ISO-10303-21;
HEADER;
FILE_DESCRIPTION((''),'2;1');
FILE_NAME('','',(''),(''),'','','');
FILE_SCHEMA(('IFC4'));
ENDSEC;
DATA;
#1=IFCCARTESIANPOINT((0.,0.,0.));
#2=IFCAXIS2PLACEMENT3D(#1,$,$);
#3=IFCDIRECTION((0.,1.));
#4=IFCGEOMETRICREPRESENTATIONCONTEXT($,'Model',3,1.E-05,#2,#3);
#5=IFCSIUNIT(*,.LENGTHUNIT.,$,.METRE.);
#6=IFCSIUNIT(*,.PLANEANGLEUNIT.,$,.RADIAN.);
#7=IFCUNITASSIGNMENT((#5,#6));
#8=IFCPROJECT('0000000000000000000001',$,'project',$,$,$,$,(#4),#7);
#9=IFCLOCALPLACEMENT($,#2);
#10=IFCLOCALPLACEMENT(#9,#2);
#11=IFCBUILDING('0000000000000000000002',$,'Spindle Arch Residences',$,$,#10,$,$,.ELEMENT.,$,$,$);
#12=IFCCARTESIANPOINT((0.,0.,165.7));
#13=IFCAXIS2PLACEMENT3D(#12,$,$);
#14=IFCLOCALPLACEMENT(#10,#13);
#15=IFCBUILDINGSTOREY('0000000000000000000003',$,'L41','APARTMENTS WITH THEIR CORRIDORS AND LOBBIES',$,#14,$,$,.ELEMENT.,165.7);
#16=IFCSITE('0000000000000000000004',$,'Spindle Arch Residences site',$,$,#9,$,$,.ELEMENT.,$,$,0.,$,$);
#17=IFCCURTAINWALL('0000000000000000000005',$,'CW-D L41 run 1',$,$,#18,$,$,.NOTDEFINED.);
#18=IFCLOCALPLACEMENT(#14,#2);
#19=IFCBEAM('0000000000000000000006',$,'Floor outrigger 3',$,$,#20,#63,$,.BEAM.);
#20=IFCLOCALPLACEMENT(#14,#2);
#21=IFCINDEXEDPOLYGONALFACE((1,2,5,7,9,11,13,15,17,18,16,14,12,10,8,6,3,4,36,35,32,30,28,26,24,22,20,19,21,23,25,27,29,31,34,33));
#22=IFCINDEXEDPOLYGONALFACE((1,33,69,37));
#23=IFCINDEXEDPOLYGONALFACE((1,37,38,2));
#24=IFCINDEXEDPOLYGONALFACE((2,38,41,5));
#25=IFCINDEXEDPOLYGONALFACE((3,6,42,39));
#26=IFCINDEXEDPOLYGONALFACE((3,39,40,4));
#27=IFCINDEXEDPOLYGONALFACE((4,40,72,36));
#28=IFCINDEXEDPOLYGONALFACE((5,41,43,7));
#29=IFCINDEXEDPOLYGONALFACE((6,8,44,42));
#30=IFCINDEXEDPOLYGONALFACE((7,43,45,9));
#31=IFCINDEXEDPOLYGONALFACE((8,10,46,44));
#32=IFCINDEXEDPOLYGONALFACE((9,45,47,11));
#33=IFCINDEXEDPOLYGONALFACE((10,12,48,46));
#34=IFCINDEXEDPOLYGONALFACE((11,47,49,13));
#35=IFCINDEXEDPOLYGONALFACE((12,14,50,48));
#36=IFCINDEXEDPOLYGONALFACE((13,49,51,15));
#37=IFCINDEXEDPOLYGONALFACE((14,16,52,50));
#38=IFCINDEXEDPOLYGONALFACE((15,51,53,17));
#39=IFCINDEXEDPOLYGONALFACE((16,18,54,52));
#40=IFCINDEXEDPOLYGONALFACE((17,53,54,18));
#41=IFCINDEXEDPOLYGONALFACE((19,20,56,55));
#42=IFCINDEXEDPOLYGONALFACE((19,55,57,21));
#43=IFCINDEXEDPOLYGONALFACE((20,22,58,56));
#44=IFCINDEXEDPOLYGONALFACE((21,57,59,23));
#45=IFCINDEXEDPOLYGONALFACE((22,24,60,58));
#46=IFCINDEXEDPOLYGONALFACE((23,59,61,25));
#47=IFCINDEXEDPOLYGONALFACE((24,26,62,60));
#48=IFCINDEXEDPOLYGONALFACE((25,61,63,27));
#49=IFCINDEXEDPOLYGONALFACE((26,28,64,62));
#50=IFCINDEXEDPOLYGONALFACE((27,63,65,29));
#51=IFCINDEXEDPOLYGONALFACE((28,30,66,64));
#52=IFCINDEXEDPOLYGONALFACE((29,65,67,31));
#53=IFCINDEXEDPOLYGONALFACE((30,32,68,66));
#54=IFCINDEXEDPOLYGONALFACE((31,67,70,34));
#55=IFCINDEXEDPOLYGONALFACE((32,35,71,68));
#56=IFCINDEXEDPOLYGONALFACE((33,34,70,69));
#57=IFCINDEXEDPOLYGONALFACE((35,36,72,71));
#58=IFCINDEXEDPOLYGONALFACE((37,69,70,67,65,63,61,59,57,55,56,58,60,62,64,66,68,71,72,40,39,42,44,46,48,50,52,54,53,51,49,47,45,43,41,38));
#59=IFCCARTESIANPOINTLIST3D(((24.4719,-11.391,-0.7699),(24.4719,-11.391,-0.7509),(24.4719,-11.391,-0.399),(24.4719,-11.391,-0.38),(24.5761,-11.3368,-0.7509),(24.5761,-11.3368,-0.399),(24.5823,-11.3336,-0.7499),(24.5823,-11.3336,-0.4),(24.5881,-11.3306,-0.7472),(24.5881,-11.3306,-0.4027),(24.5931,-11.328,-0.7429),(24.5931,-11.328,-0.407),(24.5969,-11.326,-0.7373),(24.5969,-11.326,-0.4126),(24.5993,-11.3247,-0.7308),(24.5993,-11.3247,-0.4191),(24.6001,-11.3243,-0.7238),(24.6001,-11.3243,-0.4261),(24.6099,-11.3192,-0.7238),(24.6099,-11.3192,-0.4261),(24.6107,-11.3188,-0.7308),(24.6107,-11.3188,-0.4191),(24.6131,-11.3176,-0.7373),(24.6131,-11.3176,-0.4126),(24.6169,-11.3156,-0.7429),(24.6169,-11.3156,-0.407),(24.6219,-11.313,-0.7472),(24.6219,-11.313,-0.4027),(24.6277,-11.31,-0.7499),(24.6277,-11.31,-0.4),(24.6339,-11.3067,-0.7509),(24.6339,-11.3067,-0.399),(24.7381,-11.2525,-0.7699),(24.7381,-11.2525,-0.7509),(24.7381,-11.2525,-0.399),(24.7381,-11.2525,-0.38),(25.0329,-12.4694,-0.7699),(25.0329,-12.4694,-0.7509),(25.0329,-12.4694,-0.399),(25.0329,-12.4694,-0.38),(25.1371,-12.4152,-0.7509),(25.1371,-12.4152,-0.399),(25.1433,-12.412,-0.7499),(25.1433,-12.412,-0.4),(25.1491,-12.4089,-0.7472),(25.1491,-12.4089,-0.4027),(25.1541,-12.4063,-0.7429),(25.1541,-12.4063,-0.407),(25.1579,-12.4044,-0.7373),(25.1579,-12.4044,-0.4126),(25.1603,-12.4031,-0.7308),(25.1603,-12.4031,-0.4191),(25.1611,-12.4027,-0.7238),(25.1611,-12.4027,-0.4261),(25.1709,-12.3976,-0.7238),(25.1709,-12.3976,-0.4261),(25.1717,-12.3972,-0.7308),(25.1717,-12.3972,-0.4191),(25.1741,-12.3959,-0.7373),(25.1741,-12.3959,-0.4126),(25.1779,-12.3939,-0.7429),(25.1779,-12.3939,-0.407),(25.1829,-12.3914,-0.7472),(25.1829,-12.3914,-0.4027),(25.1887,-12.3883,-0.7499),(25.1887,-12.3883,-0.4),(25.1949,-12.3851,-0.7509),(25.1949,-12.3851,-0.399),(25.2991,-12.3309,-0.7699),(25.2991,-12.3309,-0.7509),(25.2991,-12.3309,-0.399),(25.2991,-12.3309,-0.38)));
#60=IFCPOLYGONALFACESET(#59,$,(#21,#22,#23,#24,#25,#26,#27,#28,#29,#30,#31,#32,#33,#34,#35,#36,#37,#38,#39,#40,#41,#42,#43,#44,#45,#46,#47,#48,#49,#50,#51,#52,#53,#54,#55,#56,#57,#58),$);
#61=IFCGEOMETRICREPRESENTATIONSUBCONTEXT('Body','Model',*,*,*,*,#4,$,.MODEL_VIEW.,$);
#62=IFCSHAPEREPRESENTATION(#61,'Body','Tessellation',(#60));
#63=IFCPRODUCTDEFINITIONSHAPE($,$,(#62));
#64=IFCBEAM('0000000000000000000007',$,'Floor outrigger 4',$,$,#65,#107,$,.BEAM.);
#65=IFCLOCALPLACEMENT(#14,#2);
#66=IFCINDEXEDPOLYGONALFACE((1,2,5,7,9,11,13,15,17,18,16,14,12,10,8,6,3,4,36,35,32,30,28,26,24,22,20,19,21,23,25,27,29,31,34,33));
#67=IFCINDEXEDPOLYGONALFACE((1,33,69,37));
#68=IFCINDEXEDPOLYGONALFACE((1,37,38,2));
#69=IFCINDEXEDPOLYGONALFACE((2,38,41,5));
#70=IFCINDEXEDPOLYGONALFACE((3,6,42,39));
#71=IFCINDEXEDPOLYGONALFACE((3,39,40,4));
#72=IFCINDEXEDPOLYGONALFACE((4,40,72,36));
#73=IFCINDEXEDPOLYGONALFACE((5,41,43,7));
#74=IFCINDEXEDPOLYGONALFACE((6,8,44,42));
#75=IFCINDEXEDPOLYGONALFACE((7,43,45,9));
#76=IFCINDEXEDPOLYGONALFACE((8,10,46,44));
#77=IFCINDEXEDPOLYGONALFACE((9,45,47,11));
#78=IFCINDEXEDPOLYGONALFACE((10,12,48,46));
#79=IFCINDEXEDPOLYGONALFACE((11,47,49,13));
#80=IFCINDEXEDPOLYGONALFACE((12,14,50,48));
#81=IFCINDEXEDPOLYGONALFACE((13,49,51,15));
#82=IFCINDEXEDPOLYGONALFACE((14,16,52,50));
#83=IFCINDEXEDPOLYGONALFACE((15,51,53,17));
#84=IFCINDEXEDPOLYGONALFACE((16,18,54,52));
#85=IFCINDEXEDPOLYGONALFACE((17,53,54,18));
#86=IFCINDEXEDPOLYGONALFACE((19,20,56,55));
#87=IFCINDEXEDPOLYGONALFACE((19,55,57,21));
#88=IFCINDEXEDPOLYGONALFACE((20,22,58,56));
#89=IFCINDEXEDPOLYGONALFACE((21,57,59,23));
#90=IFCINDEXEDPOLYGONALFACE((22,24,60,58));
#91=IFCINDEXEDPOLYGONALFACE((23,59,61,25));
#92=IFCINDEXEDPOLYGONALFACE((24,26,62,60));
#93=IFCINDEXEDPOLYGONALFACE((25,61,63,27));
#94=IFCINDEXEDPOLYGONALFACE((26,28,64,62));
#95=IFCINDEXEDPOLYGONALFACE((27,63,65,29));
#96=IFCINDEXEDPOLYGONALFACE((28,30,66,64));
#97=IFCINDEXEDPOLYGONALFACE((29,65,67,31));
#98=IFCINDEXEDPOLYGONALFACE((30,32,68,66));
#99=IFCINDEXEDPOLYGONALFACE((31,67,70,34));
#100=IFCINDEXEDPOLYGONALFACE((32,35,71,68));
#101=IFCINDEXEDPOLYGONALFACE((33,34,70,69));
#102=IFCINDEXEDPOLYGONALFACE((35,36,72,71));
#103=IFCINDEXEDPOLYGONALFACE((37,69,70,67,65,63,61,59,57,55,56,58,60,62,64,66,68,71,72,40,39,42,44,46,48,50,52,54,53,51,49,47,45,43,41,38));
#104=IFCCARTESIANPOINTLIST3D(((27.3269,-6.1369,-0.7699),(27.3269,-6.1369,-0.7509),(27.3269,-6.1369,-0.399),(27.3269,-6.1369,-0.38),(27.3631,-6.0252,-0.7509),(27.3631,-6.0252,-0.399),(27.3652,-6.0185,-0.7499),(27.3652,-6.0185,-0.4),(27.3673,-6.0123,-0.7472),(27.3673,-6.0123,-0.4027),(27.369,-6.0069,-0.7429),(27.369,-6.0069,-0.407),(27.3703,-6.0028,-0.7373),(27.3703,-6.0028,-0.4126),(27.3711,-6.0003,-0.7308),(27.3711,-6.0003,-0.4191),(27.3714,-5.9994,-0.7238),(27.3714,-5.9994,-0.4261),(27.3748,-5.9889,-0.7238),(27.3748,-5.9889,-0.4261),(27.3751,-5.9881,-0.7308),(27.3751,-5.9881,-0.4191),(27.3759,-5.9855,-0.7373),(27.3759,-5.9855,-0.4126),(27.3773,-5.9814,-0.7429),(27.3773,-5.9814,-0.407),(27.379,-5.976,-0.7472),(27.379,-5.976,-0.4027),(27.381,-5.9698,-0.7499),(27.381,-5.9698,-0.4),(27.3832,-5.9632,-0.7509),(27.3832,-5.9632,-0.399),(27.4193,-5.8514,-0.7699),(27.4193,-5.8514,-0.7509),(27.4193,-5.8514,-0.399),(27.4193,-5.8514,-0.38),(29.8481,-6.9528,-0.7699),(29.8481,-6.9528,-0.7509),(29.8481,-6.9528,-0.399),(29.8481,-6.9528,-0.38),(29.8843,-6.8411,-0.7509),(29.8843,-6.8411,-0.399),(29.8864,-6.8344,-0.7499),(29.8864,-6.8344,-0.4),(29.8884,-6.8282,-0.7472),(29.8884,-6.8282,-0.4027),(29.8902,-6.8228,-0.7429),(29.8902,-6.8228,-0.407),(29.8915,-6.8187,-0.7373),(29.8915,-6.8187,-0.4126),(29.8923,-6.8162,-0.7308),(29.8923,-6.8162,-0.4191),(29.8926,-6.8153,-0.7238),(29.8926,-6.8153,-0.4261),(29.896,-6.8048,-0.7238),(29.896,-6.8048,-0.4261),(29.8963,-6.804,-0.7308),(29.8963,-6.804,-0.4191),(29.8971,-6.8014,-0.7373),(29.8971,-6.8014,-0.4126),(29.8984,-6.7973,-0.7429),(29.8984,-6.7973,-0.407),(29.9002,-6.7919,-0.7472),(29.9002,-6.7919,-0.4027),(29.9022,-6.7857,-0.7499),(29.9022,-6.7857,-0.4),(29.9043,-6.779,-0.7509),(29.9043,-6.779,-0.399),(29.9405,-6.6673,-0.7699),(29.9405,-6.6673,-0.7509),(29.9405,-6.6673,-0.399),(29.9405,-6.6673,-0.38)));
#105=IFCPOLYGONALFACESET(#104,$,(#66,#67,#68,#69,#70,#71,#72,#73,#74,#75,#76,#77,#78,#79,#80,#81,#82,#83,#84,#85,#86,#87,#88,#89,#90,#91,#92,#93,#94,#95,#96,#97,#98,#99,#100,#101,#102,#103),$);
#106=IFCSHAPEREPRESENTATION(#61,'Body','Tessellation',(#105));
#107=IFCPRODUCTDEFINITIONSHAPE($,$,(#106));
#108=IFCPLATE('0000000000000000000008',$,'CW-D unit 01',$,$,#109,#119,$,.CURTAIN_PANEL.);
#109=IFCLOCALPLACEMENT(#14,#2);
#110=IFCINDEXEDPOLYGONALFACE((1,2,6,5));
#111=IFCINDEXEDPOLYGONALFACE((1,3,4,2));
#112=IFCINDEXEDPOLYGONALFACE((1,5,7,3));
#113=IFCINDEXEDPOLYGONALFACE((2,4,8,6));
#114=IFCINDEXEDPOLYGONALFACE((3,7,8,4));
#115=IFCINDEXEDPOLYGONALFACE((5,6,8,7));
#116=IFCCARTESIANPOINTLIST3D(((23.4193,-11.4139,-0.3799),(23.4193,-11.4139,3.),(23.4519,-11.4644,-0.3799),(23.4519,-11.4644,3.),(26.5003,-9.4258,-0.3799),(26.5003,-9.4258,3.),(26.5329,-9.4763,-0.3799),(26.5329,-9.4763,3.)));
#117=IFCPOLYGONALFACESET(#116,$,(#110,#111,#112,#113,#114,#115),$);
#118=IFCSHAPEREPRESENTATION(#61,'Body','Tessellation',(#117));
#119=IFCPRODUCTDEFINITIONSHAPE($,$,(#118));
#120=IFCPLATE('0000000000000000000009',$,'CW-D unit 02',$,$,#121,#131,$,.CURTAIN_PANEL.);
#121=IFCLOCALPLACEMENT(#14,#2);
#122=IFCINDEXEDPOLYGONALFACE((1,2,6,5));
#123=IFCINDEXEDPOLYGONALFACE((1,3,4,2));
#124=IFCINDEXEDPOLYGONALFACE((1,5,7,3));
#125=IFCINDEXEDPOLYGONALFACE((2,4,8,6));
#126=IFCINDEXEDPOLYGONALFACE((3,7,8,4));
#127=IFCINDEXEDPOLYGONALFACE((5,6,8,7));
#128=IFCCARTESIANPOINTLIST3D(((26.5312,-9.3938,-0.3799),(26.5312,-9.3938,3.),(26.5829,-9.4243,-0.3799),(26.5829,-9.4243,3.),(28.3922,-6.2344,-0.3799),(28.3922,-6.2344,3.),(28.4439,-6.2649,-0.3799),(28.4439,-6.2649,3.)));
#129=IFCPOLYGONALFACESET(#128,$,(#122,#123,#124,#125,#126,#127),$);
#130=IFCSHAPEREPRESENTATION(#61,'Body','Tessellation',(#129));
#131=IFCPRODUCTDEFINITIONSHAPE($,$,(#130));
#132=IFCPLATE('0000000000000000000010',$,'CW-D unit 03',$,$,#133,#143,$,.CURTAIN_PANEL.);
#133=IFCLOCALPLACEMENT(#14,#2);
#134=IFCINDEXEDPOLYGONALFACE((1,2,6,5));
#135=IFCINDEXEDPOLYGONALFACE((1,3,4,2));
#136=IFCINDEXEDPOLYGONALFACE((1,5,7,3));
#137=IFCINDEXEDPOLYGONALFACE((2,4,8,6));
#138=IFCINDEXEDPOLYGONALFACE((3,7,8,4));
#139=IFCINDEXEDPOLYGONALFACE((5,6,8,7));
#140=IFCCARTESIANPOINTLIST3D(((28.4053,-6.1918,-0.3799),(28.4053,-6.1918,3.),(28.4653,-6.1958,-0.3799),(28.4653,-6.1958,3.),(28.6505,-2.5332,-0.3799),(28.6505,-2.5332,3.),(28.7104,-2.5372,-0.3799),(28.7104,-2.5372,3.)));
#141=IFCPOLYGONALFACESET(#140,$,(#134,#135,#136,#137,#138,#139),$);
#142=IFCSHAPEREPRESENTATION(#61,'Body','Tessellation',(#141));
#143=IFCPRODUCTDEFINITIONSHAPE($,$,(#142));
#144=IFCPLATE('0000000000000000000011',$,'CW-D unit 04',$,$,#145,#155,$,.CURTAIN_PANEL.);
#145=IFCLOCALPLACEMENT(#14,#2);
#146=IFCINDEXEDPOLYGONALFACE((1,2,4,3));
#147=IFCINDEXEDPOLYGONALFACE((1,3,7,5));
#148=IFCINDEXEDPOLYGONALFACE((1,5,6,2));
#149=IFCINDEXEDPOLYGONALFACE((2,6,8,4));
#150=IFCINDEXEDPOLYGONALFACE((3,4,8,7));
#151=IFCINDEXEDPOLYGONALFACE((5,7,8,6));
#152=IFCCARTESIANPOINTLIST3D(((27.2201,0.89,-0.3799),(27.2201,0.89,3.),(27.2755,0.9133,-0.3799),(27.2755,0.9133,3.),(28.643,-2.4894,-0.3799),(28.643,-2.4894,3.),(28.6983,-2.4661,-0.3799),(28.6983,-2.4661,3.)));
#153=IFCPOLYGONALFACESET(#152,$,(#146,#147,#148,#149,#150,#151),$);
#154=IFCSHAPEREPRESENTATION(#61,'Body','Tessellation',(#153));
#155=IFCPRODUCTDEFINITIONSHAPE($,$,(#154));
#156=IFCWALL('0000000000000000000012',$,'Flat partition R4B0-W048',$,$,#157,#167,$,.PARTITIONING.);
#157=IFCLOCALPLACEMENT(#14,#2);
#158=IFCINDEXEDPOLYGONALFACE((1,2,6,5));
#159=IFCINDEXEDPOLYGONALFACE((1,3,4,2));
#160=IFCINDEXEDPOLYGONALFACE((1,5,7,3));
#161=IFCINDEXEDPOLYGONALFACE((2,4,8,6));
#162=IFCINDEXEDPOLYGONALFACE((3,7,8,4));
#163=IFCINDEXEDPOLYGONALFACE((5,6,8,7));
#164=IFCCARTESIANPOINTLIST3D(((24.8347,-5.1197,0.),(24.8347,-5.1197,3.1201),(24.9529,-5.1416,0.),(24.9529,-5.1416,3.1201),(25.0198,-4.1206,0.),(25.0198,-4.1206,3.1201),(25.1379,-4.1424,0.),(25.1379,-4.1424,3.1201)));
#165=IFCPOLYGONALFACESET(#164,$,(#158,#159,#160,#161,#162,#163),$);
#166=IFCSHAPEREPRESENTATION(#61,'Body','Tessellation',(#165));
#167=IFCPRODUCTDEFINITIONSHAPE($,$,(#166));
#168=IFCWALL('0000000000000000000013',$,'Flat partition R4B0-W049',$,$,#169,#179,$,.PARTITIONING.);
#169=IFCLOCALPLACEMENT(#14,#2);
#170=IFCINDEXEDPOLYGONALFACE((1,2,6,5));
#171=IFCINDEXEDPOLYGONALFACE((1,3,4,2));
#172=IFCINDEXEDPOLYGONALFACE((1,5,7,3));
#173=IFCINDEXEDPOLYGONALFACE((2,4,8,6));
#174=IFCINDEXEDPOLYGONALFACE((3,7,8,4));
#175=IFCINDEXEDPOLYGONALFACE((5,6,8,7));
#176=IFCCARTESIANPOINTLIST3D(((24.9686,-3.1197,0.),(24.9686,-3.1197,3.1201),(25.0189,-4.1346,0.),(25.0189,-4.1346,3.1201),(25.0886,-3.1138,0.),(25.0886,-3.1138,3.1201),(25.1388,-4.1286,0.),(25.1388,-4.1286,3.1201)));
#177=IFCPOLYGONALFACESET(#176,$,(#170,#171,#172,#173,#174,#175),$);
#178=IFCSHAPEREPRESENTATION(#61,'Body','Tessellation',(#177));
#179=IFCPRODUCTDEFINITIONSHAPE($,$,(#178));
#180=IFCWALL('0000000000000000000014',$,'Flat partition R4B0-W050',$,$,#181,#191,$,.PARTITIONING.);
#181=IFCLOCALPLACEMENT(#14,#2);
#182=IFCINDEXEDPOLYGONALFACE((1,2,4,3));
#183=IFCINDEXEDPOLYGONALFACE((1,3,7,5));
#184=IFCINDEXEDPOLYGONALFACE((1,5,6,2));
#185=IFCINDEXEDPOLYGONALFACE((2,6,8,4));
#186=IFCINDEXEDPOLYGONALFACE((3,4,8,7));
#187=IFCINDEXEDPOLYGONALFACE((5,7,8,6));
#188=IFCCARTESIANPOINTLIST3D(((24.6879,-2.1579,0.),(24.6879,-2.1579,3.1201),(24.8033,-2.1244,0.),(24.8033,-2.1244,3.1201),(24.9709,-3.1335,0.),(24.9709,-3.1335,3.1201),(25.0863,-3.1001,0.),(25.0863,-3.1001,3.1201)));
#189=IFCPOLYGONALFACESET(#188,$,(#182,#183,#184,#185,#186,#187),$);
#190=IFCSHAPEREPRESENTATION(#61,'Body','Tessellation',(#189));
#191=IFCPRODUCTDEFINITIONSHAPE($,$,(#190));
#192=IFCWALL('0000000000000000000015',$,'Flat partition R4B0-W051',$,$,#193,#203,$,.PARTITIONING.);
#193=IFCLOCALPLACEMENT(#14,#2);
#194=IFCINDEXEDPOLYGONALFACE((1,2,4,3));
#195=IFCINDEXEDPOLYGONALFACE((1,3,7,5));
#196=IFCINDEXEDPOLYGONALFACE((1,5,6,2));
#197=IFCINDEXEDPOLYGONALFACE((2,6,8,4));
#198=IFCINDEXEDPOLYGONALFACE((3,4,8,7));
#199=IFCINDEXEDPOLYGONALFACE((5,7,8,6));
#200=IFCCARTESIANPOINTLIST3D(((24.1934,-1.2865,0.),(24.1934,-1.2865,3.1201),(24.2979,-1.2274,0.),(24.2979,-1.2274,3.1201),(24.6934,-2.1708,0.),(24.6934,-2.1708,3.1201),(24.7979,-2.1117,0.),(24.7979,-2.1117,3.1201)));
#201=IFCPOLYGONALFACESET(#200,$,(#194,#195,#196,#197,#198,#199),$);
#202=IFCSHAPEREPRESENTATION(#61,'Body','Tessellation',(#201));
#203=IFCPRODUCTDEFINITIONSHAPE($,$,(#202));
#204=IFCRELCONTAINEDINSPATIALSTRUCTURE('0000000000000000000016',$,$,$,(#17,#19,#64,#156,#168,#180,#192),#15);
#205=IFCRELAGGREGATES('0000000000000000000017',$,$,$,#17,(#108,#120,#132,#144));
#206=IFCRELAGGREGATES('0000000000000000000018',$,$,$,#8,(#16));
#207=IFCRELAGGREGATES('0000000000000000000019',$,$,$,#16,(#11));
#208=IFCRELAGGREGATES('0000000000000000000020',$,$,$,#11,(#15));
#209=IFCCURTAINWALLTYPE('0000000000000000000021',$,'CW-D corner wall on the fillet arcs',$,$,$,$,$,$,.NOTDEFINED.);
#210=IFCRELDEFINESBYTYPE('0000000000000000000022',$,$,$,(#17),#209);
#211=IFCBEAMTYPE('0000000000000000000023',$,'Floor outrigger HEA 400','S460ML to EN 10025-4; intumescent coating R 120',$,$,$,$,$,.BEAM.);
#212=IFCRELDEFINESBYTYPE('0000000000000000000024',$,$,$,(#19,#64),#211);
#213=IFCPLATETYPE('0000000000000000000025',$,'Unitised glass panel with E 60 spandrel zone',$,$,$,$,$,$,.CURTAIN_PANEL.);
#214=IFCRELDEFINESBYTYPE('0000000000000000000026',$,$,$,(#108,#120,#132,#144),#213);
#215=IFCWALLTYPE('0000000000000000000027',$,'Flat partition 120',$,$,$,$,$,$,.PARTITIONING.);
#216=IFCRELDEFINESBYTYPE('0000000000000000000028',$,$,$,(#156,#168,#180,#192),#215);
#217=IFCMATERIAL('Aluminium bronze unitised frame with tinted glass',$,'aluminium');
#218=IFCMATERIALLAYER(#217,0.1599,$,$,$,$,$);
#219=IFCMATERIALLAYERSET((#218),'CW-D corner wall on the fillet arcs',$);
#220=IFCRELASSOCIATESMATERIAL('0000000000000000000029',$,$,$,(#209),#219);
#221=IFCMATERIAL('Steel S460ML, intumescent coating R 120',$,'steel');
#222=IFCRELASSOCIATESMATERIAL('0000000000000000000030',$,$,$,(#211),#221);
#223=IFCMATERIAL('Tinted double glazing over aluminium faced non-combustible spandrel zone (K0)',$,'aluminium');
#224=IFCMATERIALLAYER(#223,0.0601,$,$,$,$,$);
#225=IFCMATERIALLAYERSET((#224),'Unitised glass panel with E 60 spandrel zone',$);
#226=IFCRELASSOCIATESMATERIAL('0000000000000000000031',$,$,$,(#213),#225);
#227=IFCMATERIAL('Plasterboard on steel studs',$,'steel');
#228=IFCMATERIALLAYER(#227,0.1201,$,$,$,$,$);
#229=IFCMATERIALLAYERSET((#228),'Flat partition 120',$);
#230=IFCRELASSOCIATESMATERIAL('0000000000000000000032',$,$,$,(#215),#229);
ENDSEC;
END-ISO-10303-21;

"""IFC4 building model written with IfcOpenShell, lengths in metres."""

from ifc_helpers import new_model, si_unit, direction, frame, frame_2d, origin, origin_2d, place, context, subcontext, project, spatial, rectangle, i_section, extrude, material, layer, layer_set, material_profile, profile_set, type_object, element, aggregate, save


model = new_model("IFC4")

# Units and contexts
model_context = context("Model", 3, precision=1e-05, world=origin(), true_north=direction((0.0, 1.0)))
body_context = subcontext(model_context, "Body", "Model", "MODEL_VIEW")
ifc_project = project(units=[si_unit("LENGTHUNIT", "METRE"), si_unit("PLANEANGLEUNIT", "RADIAN")], contexts=[model_context])

# Site, building, storey
site_placement = place(None, origin())
site = spatial("IfcSite", under=ifc_project, at=site_placement, Name="Spindle Arch Residences site", CompositionType="ELEMENT", RefElevation=0.0)
building_placement = place(site_placement, origin())
building = spatial("IfcBuilding", under=site, at=building_placement, Name="Spindle Arch Residences", CompositionType="ELEMENT")
storey_placement = place(building_placement, frame((0.0, 0.0, 165.7)))
storey = spatial("IfcBuildingStorey", under=building, at=storey_placement, Name="L41", Description="APARTMENTS WITH THEIR CORRIDORS AND LOBBIES", CompositionType="ELEMENT", Elevation=165.7)

# Curtain wall
ifc_material_1 = material(Name="Aluminium bronze unitised frame with tinted glass", Category="aluminium")
ifc_layer_1 = layer(ifc_material_1, 0.1599)
ifc_layer_set_1 = layer_set([ifc_layer_1], Name="CW-D corner wall on the fillet arcs")
curtain_wall_type = type_object("IfcCurtainWallType", Name="CW-D corner wall on the fillet arcs", PredefinedType="NOTDEFINED", material=ifc_layer_set_1)
curtain_wall_placement = place(storey_placement, origin())
curtain_wall = element("IfcCurtainWall", 1, at=curtain_wall_placement, inside=storey, type_object=curtain_wall_type, Name="CW-D L41 run 1", PredefinedType="NOTDEFINED")

# Beams
ifc_material_2 = material(Name="Steel S460ML, intumescent coating R 120", Category="steel")
ifc_material_profile_1 = material_profile(ifc_material_2, i_section(OverallWidth=0.3, OverallDepth=0.3899, WebThickness=0.011, FlangeThickness=0.019, FilletRadius=0.0271, at=origin_2d()), Name="HEA 400")
ifc_profile_set_1 = profile_set([ifc_material_profile_1], Name="Steel S460ML, intumescent coating R 120")
beam_type_1 = type_object("IfcBeamType", Name="Floor outrigger HEA 400", Description="S460ML to EN 10025-4; intumescent coating R 120", PredefinedType="BEAM", material=ifc_profile_set_1)
beam_1_placement = place(storey_placement, frame((25.166, -12.4001, -0.575), z_axis=(-0.461536, 0.887121, 0.0), x_axis=(-0.887121, -0.461536, 0.0)))
element("IfcBeam", 2, at=beam_1_placement, inside=storey, type_object=beam_type_1, Name="Floor outrigger 3", PredefinedType="BEAM", context=body_context, shape_type="SweptSolid", body=[
    extrude(i_section(OverallWidth=0.3, OverallDepth=0.3899, WebThickness=0.011, FlangeThickness=0.019, FilletRadius=0.0271, at=origin_2d()), origin(), (0.0, 0.0, 1.0), 1.2156),
])
beam_2_placement = place(storey_placement, frame((29.8943, -6.8101, -0.575), z_axis=(-0.95142, 0.307896, 0.0), x_axis=(-0.307896, -0.95142, 0.0)))
element("IfcBeam", 3, at=beam_2_placement, inside=storey, type_object=beam_type_1, Name="Floor outrigger 4", PredefinedType="BEAM", context=body_context, shape_type="SweptSolid", body=[
    extrude(i_section(OverallWidth=0.3, OverallDepth=0.3899, WebThickness=0.011, FlangeThickness=0.019, FilletRadius=0.0271, at=origin_2d()), origin(), (0.0, 0.0, 1.0), 2.6499),
])

# Plates
ifc_material_3 = material(Name="Tinted double glazing over aluminium faced non-combustible spandrel zone (K0)", Category="aluminium")
ifc_layer_2 = layer(ifc_material_3, 0.0601)
ifc_layer_set_2 = layer_set([ifc_layer_2], Name="Unitised glass panel with E 60 spandrel zone")
plate_type = type_object("IfcPlateType", Name="Unitised glass panel with E 60 spandrel zone", PredefinedType="CURTAIN_PANEL", material=ifc_layer_set_2)
plate_1_placement = place(storey_placement, frame((24.9761, -10.4451, -0.3799), z_axis=(0.0, 0.0, 1.0), x_axis=(0.840251, 0.542197, 0.0)))
plate_1 = element("IfcPlate", 4, at=plate_1_placement, type_object=plate_type, Name="CW-D unit 01", PredefinedType="CURTAIN_PANEL", context=body_context, shape_type="SweptSolid", body=[
    extrude(rectangle(XDim=3.6667, YDim=0.0601, at=origin_2d()), origin(), (0.0, 0.0, 1.0), 3.3799),
])
plate_2_placement = place(storey_placement, frame((27.4875, -7.8293, -0.3799), z_axis=(0.0, 0.0, 1.0), x_axis=(0.507538, 0.861629, 0.0)))
plate_2 = element("IfcPlate", 5, at=plate_2_placement, type_object=plate_type, Name="CW-D unit 02", PredefinedType="CURTAIN_PANEL", context=body_context, shape_type="SweptSolid", body=[
    extrude(rectangle(XDim=3.6667, YDim=0.0601, at=origin_2d()), origin(), (0.0, 0.0, 1.0), 3.3799),
])
plate_3_placement = place(storey_placement, frame((28.5579, -4.3645, -0.3799), z_axis=(0.0, 0.0, 1.0), x_axis=(0.066854, 0.997763, 0.0)))
plate_3 = element("IfcPlate", 6, at=plate_3_placement, type_object=plate_type, Name="CW-D unit 03", PredefinedType="CURTAIN_PANEL", context=body_context, shape_type="SweptSolid", body=[
    extrude(rectangle(XDim=3.6667, YDim=0.0601, at=origin_2d()), origin(), (0.0, 0.0, 1.0), 3.3799),
])
plate_4_placement = place(storey_placement, frame((27.9592, -0.7881, -0.3799), z_axis=(0.0, 0.0, 1.0), x_axis=(-0.388052, 0.921638, 0.0)))
plate_4 = element("IfcPlate", 7, at=plate_4_placement, type_object=plate_type, Name="CW-D unit 04", PredefinedType="CURTAIN_PANEL", context=body_context, shape_type="SweptSolid", body=[
    extrude(rectangle(XDim=3.6667, YDim=0.0601, at=origin_2d()), origin(), (0.0, 0.0, 1.0), 3.3799),
])
aggregate(curtain_wall, [plate_1, plate_2, plate_3, plate_4])

# Walls
ifc_material_4 = material(Name="Plasterboard on steel studs", Category="steel")
ifc_layer_3 = layer(ifc_material_4, 0.1201)
ifc_layer_set_3 = layer_set([ifc_layer_3], Name="Flat partition 120")
wall_type = type_object("IfcWallType", Name="Flat partition 120", PredefinedType="PARTITIONING", material=ifc_layer_set_3)
for number, where, z_axis, x_axis, name in (
    (8, (24.8938, -5.1306, 0.0), (0.0, 0.0, 1.0), (0.182141, 0.983272, 0.0), "Flat partition R4B0-W048"),
    (9, (25.0789, -4.1316, 0.0), (0.0, 0.0, 1.0), (-0.049494, 0.998774, 0.0), "Flat partition R4B0-W049"),
):
    element("IfcWall", number, at=place(storey_placement, frame(where, z_axis=z_axis, x_axis=x_axis)), inside=storey, type_object=wall_type, Name=name, PredefinedType="PARTITIONING", context=body_context, shape_type="SweptSolid", body=[
        extrude(rectangle(XDim=1.0161, YDim=0.1201, at=frame_2d((0.5081, 0.0))), origin(), (0.0, 0.0, 1.0), 3.1201),
    ])
for number, where, z_axis, x_axis, name in (
    (10, (25.0286, -3.1167, 0.0), (0.0, 0.0, 1.0), (-0.27856, 0.960419, 0.0), "Flat partition R4B0-W050"),
    (11, (24.7456, -2.1411, 0.0), (0.0, 0.0, 1.0), (-0.4922, 0.870482, 0.0), "Flat partition R4B0-W051"),
):
    element("IfcWall", number, at=place(storey_placement, frame(where, z_axis=z_axis, x_axis=x_axis)), inside=storey, type_object=wall_type, Name=name, PredefinedType="PARTITIONING", context=body_context, shape_type="SweptSolid", body=[
        extrude(rectangle(XDim=1.0159, YDim=0.1201, at=frame_2d((0.5078, 0.0))), origin(), (0.0, 0.0, 1.0), 3.1201),
    ])

save(model, "model.ifc")
